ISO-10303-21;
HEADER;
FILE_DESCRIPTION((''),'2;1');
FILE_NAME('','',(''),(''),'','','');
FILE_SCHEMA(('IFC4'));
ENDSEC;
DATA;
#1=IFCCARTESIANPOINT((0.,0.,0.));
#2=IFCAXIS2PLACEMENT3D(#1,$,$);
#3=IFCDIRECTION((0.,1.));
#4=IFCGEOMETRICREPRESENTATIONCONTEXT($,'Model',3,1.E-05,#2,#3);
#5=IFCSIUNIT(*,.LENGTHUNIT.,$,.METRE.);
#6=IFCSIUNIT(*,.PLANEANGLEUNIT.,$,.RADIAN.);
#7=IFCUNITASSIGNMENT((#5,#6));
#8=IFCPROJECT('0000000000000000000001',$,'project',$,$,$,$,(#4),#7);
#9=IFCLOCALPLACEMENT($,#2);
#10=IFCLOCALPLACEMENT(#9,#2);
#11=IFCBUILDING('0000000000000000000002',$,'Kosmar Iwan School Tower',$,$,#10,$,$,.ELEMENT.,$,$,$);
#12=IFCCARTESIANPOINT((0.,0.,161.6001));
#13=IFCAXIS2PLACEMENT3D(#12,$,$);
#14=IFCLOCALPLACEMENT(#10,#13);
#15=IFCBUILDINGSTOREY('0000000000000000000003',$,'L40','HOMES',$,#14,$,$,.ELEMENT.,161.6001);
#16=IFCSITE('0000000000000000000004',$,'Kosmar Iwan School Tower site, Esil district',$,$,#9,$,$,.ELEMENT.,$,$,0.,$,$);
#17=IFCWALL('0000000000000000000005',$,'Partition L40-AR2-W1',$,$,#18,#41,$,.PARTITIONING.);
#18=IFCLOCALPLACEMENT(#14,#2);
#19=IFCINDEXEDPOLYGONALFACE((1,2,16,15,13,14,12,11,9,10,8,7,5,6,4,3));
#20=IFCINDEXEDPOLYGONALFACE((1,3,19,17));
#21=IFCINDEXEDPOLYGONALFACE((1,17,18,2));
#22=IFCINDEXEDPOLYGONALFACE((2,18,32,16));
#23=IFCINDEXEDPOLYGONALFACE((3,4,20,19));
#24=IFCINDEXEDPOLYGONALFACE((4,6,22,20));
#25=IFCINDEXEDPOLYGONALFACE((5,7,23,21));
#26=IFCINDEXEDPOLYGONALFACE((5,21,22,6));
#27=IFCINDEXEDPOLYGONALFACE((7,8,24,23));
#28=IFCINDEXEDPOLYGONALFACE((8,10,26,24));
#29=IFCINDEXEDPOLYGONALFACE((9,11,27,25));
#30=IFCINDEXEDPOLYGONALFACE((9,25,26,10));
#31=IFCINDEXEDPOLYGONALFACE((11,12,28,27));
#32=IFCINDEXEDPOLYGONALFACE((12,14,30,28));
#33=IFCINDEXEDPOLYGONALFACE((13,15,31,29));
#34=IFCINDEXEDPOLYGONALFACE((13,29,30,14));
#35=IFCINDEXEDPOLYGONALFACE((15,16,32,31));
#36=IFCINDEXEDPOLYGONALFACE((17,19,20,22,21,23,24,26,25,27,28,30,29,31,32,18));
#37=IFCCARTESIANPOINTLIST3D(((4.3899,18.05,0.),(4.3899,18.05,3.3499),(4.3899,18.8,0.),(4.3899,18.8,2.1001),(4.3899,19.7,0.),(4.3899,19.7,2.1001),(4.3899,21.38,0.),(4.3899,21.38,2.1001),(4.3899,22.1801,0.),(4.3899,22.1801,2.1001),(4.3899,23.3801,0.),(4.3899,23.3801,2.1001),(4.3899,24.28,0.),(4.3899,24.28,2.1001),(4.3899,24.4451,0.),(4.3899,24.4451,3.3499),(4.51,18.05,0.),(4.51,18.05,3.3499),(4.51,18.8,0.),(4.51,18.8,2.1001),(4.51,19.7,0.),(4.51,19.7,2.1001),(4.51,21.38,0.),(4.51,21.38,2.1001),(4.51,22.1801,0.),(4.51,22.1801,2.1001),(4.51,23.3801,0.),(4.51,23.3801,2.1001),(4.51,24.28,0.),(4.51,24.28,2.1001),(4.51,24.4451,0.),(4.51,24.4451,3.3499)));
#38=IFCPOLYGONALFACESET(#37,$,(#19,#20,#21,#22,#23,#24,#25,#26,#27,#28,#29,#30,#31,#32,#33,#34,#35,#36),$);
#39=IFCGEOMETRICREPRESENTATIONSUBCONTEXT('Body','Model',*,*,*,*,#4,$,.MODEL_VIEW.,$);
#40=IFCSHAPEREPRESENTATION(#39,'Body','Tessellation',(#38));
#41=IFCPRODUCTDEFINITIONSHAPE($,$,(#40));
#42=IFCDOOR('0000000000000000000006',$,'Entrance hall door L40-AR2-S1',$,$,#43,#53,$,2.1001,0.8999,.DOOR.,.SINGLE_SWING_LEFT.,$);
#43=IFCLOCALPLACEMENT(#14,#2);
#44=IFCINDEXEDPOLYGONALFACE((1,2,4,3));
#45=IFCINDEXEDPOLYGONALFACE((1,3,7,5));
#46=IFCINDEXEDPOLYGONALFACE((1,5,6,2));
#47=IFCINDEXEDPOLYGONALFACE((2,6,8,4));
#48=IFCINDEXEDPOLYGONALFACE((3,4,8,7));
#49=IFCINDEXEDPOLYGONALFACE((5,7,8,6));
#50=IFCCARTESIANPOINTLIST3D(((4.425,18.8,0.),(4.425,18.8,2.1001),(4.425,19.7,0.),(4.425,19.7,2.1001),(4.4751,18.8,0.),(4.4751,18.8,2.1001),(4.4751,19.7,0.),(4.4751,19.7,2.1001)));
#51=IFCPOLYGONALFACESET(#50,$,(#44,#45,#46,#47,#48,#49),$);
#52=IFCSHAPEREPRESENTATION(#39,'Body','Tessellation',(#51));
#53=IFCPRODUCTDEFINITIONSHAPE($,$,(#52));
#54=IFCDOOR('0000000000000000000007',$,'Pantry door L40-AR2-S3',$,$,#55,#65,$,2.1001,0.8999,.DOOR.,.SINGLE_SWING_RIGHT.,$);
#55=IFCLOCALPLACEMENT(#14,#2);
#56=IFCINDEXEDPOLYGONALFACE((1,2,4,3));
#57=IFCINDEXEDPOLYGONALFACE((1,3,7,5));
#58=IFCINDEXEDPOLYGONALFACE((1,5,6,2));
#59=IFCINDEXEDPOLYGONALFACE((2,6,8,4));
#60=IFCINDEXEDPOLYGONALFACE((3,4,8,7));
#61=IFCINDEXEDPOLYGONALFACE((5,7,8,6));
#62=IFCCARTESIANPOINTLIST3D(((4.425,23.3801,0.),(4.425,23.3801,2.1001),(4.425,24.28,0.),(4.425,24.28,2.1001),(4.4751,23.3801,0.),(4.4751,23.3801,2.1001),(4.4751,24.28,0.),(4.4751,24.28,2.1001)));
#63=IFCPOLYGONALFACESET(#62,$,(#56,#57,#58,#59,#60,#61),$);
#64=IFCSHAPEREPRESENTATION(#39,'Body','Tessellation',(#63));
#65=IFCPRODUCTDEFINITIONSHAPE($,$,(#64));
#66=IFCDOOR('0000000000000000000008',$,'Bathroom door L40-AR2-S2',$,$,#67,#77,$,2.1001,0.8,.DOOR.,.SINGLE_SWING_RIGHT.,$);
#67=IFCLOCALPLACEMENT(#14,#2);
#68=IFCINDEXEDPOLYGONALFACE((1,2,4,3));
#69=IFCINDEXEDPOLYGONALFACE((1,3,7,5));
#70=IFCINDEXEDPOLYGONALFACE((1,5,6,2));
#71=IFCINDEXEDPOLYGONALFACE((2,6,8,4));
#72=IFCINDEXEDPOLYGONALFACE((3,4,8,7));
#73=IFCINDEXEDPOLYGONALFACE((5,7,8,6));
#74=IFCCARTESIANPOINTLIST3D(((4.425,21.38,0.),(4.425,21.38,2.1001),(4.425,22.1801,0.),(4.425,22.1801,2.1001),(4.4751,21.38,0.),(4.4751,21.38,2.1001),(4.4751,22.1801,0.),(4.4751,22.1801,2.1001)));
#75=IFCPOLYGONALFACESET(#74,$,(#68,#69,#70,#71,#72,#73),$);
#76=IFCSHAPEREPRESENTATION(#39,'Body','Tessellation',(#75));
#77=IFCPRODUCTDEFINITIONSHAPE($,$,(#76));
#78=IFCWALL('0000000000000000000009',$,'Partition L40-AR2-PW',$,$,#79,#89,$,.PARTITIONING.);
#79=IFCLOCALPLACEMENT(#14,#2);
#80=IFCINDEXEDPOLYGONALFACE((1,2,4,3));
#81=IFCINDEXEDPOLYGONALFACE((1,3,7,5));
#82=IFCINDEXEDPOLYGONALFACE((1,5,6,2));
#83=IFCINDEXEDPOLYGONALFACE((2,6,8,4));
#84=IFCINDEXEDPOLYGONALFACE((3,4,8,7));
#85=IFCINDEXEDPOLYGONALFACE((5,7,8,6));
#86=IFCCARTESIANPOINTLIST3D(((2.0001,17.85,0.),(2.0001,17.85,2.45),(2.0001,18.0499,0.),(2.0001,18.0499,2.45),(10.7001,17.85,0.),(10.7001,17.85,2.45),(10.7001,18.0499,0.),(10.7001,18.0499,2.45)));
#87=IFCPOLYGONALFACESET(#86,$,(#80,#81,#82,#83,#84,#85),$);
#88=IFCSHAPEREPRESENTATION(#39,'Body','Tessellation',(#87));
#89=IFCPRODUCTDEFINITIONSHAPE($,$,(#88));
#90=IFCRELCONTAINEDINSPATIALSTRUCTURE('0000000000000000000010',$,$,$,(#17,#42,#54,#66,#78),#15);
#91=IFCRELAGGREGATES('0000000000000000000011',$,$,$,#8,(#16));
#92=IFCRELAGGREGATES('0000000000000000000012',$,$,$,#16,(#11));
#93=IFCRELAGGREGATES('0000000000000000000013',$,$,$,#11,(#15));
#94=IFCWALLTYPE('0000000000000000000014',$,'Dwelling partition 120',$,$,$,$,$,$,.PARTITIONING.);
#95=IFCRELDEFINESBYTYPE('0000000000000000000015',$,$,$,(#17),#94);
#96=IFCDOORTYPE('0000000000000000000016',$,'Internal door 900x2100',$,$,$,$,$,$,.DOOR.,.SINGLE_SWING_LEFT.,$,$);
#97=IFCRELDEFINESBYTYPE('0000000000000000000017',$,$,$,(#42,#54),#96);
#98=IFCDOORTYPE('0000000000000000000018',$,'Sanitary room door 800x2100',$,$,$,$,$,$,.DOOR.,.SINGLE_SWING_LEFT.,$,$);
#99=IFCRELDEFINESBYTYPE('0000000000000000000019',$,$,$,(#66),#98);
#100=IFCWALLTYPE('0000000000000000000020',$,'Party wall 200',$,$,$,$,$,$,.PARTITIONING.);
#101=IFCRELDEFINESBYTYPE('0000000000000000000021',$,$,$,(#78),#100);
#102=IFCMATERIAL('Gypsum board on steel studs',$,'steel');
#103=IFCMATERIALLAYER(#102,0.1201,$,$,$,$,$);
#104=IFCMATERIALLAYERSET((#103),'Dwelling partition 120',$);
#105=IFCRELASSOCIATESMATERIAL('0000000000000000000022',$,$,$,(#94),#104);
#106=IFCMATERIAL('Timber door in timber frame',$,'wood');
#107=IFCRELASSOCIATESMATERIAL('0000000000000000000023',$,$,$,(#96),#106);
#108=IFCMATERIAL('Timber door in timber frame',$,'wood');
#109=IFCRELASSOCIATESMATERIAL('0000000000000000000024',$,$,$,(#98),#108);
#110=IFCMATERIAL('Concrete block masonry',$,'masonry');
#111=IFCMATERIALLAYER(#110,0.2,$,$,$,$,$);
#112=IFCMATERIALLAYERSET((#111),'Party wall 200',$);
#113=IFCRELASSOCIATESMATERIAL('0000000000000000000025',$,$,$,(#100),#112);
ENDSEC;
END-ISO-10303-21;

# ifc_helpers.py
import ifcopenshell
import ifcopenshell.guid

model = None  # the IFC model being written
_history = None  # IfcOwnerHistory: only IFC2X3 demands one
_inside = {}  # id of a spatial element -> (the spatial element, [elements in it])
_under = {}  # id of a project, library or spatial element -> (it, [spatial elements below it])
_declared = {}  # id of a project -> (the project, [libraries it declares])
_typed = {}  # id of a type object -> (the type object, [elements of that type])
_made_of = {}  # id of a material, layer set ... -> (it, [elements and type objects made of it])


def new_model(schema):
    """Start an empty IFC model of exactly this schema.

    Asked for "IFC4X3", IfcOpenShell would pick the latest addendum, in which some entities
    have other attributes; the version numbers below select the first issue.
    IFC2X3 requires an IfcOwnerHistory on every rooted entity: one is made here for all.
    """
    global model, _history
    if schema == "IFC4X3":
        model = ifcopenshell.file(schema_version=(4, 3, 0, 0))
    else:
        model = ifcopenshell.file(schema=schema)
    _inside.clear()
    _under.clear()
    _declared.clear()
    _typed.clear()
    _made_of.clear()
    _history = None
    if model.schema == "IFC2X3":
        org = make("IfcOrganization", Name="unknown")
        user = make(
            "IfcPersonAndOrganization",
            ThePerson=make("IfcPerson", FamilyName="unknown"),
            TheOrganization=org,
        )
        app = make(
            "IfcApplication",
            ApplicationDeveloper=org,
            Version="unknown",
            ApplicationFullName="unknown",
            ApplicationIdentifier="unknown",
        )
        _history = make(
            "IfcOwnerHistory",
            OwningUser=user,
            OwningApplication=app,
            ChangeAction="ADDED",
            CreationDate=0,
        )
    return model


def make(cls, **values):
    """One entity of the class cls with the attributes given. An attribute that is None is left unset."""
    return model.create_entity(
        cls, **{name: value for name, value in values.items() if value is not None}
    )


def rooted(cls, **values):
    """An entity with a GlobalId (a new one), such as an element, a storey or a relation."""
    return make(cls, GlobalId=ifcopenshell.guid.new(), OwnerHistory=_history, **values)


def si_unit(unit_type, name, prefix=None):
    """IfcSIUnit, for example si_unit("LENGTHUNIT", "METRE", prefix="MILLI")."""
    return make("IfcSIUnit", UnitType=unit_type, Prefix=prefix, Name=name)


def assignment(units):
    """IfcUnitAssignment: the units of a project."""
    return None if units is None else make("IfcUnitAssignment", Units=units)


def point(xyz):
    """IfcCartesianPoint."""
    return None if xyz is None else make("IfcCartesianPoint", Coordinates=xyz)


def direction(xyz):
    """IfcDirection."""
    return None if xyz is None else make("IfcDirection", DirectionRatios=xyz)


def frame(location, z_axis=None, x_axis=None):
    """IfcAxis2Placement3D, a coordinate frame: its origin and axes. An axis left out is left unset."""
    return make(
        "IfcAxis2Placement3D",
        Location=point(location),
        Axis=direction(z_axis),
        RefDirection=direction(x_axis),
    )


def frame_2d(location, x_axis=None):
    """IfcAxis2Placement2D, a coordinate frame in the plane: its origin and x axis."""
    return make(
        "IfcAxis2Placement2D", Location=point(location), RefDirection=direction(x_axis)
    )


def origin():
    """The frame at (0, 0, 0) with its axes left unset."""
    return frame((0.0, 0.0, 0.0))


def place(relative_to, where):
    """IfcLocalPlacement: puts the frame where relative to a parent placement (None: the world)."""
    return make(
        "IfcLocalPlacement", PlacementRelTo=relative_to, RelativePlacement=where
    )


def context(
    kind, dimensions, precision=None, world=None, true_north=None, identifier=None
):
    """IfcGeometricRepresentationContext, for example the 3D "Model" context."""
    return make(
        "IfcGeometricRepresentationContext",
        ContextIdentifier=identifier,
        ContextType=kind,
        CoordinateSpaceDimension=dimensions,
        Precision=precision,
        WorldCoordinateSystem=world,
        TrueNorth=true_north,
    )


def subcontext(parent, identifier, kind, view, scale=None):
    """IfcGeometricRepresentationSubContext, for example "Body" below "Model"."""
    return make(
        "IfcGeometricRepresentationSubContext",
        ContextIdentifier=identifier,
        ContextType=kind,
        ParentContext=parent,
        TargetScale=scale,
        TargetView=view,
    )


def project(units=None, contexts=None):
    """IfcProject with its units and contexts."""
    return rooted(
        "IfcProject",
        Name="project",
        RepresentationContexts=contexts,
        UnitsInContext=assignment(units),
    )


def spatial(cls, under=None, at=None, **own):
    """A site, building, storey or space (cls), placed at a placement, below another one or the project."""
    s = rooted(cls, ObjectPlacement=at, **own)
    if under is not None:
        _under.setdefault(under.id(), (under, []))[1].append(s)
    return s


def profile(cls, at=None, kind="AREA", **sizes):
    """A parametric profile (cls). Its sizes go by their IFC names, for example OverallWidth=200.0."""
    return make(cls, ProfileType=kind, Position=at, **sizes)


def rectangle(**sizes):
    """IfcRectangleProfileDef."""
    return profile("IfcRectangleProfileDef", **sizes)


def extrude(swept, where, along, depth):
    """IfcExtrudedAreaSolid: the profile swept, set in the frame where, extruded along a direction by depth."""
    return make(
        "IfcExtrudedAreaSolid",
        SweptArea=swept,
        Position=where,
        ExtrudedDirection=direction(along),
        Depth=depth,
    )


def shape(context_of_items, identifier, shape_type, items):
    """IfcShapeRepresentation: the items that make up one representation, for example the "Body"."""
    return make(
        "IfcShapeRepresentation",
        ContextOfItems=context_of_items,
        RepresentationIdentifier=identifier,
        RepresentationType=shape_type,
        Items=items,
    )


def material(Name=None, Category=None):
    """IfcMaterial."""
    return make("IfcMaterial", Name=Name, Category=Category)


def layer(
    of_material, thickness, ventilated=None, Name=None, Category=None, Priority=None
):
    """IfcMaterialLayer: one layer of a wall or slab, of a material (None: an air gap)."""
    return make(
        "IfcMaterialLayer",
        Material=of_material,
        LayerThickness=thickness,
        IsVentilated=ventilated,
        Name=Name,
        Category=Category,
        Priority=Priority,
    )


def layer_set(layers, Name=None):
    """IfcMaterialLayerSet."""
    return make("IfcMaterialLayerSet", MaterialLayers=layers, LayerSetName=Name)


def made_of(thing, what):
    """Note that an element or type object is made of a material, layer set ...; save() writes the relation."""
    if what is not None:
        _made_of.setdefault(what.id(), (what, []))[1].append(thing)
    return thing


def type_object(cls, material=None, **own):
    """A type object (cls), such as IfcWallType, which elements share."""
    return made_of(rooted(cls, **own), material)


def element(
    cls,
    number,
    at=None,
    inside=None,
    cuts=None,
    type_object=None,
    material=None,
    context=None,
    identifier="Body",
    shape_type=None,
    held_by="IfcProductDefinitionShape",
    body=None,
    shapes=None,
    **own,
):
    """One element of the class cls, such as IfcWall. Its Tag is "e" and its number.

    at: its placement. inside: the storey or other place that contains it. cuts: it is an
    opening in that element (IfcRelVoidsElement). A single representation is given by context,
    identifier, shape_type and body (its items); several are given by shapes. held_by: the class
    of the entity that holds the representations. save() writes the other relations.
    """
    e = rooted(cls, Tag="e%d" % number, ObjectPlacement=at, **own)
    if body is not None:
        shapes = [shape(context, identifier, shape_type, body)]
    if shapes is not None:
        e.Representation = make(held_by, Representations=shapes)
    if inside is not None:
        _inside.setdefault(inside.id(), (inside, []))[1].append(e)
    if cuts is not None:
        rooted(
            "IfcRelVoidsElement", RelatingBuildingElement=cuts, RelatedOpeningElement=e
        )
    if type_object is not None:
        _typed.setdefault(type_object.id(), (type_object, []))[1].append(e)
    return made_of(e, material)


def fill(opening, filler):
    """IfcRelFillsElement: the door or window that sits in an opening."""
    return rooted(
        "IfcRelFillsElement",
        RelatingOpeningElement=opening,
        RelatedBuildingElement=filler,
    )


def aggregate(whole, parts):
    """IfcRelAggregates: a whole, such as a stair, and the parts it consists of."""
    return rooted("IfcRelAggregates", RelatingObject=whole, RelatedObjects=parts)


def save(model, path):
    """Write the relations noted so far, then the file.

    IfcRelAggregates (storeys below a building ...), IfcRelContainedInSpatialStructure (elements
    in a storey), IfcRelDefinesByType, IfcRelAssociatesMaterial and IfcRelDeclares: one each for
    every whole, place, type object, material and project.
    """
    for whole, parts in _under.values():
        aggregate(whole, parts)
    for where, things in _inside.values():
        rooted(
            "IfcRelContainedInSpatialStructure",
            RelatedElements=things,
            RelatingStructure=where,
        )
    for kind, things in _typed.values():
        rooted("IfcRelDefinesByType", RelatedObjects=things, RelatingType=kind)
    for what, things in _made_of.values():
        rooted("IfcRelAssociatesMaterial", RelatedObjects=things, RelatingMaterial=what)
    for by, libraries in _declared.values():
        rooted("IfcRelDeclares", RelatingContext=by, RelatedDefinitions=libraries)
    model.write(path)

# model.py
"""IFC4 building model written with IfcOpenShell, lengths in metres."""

from ifc_helpers import new_model, si_unit, direction, frame, frame_2d, origin, place, context, subcontext, project, spatial, rectangle, extrude, material, layer, layer_set, type_object, element, fill, save


model = new_model("IFC4")

# Units and contexts
model_context = context("Model", 3, precision=1e-05, world=origin(), true_north=direction((0.0, 1.0)))
body_context = subcontext(model_context, "Body", "Model", "MODEL_VIEW")
ifc_project = project(units=[si_unit("LENGTHUNIT", "METRE"), si_unit("PLANEANGLEUNIT", "RADIAN")], contexts=[model_context])

# Site, building, storey
site_placement = place(None, origin())
site = spatial("IfcSite", under=ifc_project, at=site_placement, Name="Kosmar Iwan School Tower site, Esil district", CompositionType="ELEMENT", RefElevation=0.0)
building_placement = place(site_placement, origin())
building = spatial("IfcBuilding", under=site, at=building_placement, Name="Kosmar Iwan School Tower", CompositionType="ELEMENT")
storey_placement = place(building_placement, frame((0.0, 0.0, 161.6001)))
storey = spatial("IfcBuildingStorey", under=building, at=storey_placement, Name="L40", Description="HOMES", CompositionType="ELEMENT", Elevation=161.6001)

# Shared definitions
ifc_material_1 = material(Name="Gypsum board on steel studs", Category="steel")
ifc_layer_1 = layer(ifc_material_1, 0.1201)
ifc_layer_set_1 = layer_set([ifc_layer_1], Name="Dwelling partition 120")
wall_type_1 = type_object("IfcWallType", Name="Dwelling partition 120", PredefinedType="PARTITIONING", material=ifc_layer_set_1)

# Wall, openings, doors
wall_1_placement = place(storey_placement, frame((4.45, 18.05, 0.0), z_axis=(0.0, 0.0, 1.0), x_axis=(0.0, 1.0, 0.0)))
wall_1 = element("IfcWall", 1, at=wall_1_placement, inside=storey, type_object=wall_type_1, Name="Partition L40-AR2-W1", PredefinedType="PARTITIONING", context=body_context, shape_type="SweptSolid", body=[
    extrude(rectangle(XDim=6.395, YDim=0.1201, at=frame_2d((3.1975, 0.0))), origin(), (0.0, 0.0, 1.0), 3.3499),
])
opening_1_placement = place(wall_1_placement, frame((0.75, 0.0, 0.0)))
opening_1 = element("IfcOpeningElement", 2, at=opening_1_placement, cuts=wall_1, PredefinedType="OPENING", context=body_context, shape_type="SweptSolid", body=[
    extrude(rectangle(XDim=0.8999, YDim=2.1001, at=frame_2d((0.45, 1.05))), frame((0.0, 0.072, 0.0), z_axis=(0.0, -1.0, 0.0), x_axis=(1.0, 0.0, 0.0)), (0.0, 0.0, 1.0), 0.144),
])
opening_2_placement = place(wall_1_placement, frame((3.3301, 0.0, 0.0)))
opening_2 = element("IfcOpeningElement", 3, at=opening_2_placement, cuts=wall_1, PredefinedType="OPENING", context=body_context, shape_type="SweptSolid", body=[
    extrude(rectangle(XDim=0.8, YDim=2.1001, at=frame_2d((0.3999, 1.05))), frame((0.0, 0.072, 0.0), z_axis=(0.0, -1.0, 0.0), x_axis=(1.0, 0.0, 0.0)), (0.0, 0.0, 1.0), 0.144),
])
opening_3_placement = place(wall_1_placement, frame((5.3301, 0.0, 0.0)))
opening_3 = element("IfcOpeningElement", 4, at=opening_3_placement, cuts=wall_1, PredefinedType="OPENING", context=body_context, shape_type="SweptSolid", body=[
    extrude(rectangle(XDim=0.8999, YDim=2.1001, at=frame_2d((0.45, 1.05))), frame((0.0, 0.072, 0.0), z_axis=(0.0, -1.0, 0.0), x_axis=(1.0, 0.0, 0.0)), (0.0, 0.0, 1.0), 0.144),
])
ifc_material_2 = material(Name="Timber door in timber frame", Category="wood")
door_type_1 = type_object("IfcDoorType", Name="Internal door 900x2100", OperationType="SINGLE_SWING_LEFT", PredefinedType="DOOR", material=ifc_material_2)
door_1_placement = place(opening_1_placement, origin())
door_1 = element("IfcDoor", 5, at=door_1_placement, inside=storey, type_object=door_type_1, Name="Entrance hall door L40-AR2-S1", OperationType="SINGLE_SWING_LEFT", OverallHeight=2.1001, OverallWidth=0.8999, PredefinedType="DOOR", context=body_context, shape_type="SweptSolid", body=[
    extrude(rectangle(XDim=0.8999, YDim=2.1001, at=frame_2d((0.45, 1.05))), frame((0.0, 0.0249, 0.0), z_axis=(0.0, -1.0, 0.0), x_axis=(1.0, 0.0, 0.0)), (0.0, 0.0, 1.0), 0.05),
])
fill(opening_1, door_1)
door_2_placement = place(opening_3_placement, origin())
door_2 = element("IfcDoor", 6, at=door_2_placement, inside=storey, type_object=door_type_1, Name="Pantry door L40-AR2-S3", OperationType="SINGLE_SWING_RIGHT", OverallHeight=2.1001, OverallWidth=0.8999, PredefinedType="DOOR", context=body_context, shape_type="SweptSolid", body=[
    extrude(rectangle(XDim=0.8999, YDim=2.1001, at=frame_2d((0.45, 1.05))), frame((0.0, 0.0249, 0.0), z_axis=(0.0, -1.0, 0.0), x_axis=(1.0, 0.0, 0.0)), (0.0, 0.0, 1.0), 0.05),
])
fill(opening_3, door_2)
ifc_material_3 = material(Name="Timber door in timber frame", Category="wood")
door_type_2 = type_object("IfcDoorType", Name="Sanitary room door 800x2100", OperationType="SINGLE_SWING_LEFT", PredefinedType="DOOR", material=ifc_material_3)
door_3_placement = place(opening_2_placement, origin())
door_3 = element("IfcDoor", 7, at=door_3_placement, inside=storey, type_object=door_type_2, Name="Bathroom door L40-AR2-S2", OperationType="SINGLE_SWING_RIGHT", OverallHeight=2.1001, OverallWidth=0.8, PredefinedType="DOOR", context=body_context, shape_type="SweptSolid", body=[
    extrude(rectangle(XDim=0.8, YDim=2.1001, at=frame_2d((0.3999, 1.05))), frame((0.0, 0.0249, 0.0), z_axis=(0.0, -1.0, 0.0), x_axis=(1.0, 0.0, 0.0)), (0.0, 0.0, 1.0), 0.05),
])
fill(opening_2, door_3)

# Wall
ifc_material_4 = material(Name="Concrete block masonry", Category="masonry")
ifc_layer_2 = layer(ifc_material_4, 0.2)
ifc_layer_set_2 = layer_set([ifc_layer_2], Name="Party wall 200")
wall_type_2 = type_object("IfcWallType", Name="Party wall 200", PredefinedType="PARTITIONING", material=ifc_layer_set_2)
wall_2_placement = place(storey_placement, frame((2.0, 17.95, 0.0), z_axis=(0.0, 0.0, 1.0), x_axis=(1.0, 0.0, 0.0)))
element("IfcWall", 8, at=wall_2_placement, inside=storey, type_object=wall_type_2, Name="Partition L40-AR2-PW", PredefinedType="PARTITIONING", context=body_context, shape_type="SweptSolid", body=[
    extrude(rectangle(XDim=8.7, YDim=0.2, at=frame_2d((4.3501, 0.0))), origin(), (0.0, 0.0, 1.0), 2.45),
])

save(model, "model.ifc")
